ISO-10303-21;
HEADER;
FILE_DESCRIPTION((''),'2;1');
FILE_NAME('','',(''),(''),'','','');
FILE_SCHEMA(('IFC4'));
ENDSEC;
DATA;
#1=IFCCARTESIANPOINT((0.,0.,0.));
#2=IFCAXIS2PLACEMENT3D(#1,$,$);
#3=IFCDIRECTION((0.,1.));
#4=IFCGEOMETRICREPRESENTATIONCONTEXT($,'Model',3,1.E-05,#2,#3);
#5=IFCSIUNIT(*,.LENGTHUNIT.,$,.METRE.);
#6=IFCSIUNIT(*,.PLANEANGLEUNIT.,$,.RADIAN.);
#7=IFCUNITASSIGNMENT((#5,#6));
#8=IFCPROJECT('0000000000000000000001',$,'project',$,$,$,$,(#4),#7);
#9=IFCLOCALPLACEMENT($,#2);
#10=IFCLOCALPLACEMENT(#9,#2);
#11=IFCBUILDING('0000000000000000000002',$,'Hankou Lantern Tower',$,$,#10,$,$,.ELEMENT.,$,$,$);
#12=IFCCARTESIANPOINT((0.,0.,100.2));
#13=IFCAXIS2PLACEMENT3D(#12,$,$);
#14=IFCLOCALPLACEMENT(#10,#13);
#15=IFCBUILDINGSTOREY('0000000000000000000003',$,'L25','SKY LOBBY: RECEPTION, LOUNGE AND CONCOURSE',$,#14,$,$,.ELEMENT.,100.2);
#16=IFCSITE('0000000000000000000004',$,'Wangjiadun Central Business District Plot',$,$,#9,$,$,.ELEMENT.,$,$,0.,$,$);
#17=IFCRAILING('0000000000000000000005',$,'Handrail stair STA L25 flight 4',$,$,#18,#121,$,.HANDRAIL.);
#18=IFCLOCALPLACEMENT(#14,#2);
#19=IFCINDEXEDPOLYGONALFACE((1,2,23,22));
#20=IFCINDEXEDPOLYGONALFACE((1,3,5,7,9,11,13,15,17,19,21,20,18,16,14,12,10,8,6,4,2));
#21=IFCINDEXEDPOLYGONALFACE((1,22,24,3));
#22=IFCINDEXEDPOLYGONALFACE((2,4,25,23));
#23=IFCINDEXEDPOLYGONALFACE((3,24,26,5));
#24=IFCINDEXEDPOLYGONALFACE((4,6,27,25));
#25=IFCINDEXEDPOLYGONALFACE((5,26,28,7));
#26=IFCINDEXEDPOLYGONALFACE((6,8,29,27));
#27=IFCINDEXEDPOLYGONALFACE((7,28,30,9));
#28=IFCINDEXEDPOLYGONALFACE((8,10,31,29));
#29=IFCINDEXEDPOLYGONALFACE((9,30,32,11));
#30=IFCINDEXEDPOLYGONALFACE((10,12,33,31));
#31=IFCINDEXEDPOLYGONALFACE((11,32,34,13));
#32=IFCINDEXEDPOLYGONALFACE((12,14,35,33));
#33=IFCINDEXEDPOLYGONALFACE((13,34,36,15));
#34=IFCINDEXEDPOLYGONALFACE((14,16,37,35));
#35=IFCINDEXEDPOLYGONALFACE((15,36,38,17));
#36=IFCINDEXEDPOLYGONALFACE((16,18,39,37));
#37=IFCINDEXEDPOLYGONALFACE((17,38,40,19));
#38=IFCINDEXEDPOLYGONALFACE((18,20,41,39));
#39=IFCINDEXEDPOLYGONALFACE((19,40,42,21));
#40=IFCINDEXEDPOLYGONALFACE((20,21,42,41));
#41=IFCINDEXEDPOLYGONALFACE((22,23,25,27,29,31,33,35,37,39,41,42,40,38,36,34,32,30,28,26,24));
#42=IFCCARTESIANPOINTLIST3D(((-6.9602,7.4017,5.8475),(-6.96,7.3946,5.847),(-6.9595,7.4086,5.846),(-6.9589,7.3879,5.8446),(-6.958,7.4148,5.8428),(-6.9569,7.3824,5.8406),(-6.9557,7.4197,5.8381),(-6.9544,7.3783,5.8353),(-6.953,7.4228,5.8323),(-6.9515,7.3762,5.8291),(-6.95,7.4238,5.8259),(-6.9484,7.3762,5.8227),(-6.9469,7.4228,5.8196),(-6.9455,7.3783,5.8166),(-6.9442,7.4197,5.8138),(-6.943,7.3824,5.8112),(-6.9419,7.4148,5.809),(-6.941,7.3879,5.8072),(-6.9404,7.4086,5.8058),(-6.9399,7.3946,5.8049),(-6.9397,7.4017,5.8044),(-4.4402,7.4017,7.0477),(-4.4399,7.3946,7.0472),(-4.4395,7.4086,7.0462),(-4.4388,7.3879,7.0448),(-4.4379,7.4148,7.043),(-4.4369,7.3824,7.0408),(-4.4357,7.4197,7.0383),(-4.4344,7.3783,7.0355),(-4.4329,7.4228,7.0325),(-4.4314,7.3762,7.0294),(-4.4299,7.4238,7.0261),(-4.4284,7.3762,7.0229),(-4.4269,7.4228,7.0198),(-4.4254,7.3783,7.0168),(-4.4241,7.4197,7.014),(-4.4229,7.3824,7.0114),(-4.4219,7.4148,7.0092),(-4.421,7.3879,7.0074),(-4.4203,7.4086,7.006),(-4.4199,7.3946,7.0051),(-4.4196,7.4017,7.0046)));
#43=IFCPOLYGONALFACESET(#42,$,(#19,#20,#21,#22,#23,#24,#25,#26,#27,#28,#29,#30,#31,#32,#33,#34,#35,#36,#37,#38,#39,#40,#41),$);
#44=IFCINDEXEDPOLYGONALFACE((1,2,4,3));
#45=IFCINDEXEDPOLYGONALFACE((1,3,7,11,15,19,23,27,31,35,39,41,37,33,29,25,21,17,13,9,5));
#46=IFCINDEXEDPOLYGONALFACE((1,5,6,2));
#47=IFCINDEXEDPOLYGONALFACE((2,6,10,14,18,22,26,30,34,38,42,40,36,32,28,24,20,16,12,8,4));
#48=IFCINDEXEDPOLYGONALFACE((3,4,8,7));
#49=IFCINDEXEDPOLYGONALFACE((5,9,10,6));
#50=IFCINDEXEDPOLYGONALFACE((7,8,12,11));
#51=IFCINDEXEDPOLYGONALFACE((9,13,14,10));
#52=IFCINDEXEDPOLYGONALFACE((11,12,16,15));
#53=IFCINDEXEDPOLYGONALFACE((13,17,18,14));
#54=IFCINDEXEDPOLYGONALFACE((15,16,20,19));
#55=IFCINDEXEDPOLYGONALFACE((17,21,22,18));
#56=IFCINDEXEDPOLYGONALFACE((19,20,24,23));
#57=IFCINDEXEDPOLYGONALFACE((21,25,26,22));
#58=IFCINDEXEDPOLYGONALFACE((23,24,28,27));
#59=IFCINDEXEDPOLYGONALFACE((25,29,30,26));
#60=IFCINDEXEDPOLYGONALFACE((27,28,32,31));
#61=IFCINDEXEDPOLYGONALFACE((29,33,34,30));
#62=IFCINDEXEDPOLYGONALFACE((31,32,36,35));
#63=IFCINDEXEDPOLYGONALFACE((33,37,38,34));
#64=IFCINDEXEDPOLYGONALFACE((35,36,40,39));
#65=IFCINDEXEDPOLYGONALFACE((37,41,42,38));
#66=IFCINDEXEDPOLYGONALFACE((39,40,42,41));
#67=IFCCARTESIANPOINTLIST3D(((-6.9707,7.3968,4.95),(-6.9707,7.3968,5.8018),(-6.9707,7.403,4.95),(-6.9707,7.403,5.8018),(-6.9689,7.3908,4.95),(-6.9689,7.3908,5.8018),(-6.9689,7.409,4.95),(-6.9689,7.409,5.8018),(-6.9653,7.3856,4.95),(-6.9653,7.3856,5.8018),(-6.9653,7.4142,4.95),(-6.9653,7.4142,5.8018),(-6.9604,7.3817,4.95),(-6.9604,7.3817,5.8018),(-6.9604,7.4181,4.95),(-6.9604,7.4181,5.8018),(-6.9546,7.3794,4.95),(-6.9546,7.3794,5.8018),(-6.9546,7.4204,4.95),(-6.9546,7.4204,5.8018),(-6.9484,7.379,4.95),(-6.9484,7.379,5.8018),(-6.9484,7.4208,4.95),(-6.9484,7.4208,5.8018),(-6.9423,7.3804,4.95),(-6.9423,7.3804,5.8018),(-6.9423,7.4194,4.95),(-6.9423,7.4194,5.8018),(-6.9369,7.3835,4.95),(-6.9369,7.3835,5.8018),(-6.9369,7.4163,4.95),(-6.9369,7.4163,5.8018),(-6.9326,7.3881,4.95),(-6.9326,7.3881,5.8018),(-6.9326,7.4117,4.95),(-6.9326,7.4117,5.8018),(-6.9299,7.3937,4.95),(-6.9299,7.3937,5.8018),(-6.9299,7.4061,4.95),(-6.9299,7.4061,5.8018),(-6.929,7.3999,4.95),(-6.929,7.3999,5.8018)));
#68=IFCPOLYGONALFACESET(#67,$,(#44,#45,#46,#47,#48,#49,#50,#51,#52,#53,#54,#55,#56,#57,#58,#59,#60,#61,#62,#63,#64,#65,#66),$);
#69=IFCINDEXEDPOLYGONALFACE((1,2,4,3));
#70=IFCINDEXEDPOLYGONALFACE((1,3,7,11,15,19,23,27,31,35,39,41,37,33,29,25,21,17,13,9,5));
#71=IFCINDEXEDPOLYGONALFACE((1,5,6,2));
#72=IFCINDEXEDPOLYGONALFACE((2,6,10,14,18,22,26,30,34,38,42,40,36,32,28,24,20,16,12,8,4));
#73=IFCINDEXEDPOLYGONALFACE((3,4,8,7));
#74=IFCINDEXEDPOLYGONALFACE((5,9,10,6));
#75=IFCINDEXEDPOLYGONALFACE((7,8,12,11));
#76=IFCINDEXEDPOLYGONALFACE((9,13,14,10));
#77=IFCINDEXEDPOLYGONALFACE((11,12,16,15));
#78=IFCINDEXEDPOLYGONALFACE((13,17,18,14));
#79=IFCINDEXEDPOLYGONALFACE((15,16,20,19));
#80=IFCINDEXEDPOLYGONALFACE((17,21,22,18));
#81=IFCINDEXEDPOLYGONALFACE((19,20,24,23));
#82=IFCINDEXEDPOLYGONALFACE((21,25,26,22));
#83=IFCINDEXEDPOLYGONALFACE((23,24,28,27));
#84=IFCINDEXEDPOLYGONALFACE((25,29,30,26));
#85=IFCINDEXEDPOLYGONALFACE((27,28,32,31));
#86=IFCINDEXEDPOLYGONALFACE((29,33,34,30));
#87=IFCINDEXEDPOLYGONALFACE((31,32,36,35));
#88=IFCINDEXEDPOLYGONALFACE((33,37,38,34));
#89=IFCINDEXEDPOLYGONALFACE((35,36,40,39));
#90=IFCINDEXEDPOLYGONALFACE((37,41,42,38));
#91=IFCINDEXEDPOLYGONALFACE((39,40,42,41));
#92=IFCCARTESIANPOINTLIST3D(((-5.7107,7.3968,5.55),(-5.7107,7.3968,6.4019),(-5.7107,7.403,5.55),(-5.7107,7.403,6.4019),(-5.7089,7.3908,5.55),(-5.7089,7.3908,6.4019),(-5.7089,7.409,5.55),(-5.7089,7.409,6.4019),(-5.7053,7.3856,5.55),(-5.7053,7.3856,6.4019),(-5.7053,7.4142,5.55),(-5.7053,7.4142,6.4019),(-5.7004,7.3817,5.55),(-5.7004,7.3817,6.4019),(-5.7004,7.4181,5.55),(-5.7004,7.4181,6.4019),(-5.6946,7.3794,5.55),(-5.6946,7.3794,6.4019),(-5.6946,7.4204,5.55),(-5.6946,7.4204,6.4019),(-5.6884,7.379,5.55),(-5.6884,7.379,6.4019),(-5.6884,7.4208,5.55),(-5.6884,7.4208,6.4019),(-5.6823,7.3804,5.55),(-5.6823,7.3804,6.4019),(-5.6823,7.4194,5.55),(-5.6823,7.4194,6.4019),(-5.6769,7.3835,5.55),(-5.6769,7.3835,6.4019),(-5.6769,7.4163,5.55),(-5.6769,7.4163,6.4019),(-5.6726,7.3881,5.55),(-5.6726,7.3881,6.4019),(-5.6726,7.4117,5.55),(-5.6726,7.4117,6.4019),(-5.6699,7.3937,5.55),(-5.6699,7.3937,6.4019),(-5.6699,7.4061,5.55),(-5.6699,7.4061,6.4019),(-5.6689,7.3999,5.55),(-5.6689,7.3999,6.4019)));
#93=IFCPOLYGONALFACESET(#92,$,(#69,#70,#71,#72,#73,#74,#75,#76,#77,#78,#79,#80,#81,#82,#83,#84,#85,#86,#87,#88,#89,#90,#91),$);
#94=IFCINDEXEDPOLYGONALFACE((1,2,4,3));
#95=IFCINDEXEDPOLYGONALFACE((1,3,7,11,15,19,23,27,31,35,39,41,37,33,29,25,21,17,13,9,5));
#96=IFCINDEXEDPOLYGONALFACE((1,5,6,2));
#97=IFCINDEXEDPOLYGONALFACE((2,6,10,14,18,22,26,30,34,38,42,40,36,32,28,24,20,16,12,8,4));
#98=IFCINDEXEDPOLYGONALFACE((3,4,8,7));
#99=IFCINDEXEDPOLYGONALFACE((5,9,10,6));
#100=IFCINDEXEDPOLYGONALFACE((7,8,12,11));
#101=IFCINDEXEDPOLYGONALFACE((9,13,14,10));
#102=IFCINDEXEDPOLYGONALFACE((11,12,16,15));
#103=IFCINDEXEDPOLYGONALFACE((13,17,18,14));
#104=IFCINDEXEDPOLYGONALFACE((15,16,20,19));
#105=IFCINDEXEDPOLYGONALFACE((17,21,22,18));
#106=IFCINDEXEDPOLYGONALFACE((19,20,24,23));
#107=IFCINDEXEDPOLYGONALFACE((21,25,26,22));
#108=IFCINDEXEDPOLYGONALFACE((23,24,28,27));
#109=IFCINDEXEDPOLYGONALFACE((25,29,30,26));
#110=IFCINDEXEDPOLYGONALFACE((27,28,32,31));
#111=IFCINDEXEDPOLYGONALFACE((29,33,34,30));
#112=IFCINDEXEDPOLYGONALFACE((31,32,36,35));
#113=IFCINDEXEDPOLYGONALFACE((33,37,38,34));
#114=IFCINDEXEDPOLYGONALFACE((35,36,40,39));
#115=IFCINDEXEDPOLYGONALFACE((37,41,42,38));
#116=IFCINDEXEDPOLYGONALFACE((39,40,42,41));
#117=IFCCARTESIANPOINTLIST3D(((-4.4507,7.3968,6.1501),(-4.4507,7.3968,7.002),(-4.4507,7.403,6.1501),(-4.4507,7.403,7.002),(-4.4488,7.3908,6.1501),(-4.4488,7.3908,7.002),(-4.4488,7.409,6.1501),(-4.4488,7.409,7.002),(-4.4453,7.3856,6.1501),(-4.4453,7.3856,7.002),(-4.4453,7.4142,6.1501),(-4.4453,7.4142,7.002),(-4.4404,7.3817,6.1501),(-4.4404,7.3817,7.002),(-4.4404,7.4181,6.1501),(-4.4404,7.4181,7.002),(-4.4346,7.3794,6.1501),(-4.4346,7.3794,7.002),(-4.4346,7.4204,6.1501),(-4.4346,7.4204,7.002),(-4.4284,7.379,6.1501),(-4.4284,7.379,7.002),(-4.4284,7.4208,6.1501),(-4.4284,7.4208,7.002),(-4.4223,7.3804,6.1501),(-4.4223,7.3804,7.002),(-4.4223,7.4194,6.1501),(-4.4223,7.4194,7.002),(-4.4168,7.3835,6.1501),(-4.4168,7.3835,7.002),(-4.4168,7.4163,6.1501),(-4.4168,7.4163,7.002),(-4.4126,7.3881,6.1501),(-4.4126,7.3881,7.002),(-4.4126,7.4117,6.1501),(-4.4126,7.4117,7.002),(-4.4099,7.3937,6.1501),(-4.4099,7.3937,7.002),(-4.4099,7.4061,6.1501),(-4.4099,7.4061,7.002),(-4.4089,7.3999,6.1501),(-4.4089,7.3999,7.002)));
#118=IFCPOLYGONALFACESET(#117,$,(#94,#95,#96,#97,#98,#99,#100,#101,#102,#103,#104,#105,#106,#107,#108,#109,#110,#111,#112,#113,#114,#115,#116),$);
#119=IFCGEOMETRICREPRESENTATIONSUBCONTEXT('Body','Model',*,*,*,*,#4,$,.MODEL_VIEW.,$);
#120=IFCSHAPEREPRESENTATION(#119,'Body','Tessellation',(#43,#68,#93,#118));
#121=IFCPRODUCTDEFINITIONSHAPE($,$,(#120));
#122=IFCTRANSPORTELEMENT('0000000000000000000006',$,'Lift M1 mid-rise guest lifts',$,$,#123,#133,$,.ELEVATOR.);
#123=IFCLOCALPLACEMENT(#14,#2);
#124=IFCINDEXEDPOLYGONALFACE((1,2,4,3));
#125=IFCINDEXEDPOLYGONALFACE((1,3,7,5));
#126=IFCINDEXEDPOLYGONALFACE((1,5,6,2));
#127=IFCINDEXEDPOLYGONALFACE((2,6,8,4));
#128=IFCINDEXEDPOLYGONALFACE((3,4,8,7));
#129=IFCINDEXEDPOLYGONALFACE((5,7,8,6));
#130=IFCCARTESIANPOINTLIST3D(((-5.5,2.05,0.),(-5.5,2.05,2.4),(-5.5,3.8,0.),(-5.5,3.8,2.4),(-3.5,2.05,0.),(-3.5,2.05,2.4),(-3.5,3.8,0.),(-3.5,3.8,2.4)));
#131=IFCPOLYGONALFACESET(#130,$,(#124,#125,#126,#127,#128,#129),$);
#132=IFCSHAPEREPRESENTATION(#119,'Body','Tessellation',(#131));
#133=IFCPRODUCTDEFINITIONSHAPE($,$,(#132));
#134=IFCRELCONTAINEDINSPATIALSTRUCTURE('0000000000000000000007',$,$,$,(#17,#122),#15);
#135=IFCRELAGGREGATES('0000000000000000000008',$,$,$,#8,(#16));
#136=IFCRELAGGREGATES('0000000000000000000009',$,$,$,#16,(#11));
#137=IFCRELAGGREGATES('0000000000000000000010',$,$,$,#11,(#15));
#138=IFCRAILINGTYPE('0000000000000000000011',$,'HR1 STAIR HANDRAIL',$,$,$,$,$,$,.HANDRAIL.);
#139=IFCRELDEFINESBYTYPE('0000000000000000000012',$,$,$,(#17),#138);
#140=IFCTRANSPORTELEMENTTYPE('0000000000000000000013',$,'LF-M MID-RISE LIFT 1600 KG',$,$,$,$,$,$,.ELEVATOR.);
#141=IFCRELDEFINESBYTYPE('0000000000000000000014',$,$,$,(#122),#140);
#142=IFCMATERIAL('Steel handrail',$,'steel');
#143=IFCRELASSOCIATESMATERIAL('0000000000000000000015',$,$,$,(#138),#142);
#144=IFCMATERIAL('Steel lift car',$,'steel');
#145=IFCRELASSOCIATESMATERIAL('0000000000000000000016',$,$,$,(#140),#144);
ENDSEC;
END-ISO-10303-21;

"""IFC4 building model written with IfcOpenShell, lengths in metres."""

from ifc_helpers import new_model, si_unit, direction, frame, origin, origin_2d, place, context, subcontext, project, spatial, rectangle, circle, extrude, material, type_object, element, save


model = new_model("IFC4")

# Units and contexts
model_context = context("Model", 3, precision=1e-05, world=origin(), true_north=direction((0.0, 1.0)))
body_context = subcontext(model_context, "Body", "Model", "MODEL_VIEW")
ifc_project = project(units=[si_unit("LENGTHUNIT", "METRE"), si_unit("PLANEANGLEUNIT", "RADIAN")], contexts=[model_context])

# Site, building, storey
site_placement = place(None, origin())
site = spatial("IfcSite", under=ifc_project, at=site_placement, Name="Wangjiadun Central Business District Plot", CompositionType="ELEMENT", RefElevation=0.0)
building_placement = place(site_placement, origin())
building = spatial("IfcBuilding", under=site, at=building_placement, Name="Hankou Lantern Tower", CompositionType="ELEMENT")
storey_placement = place(building_placement, frame((0.0, 0.0, 100.2)))
storey = spatial("IfcBuildingStorey", under=building, at=storey_placement, Name="L25", Description="SKY LOBBY: RECEPTION, LOUNGE AND CONCOURSE", CompositionType="ELEMENT", Elevation=100.2)

# Railing
ifc_material_1 = material(Name="Steel handrail", Category="steel")
railing_type = type_object("IfcRailingType", Name="HR1 STAIR HANDRAIL", PredefinedType="HANDRAIL", material=ifc_material_1)
railing_1_placement = place(storey_placement, frame((-6.95, 7.3999, 4.95)))
element("IfcRailing", 1, at=railing_1_placement, inside=storey, type_object=railing_type, Name="Handrail stair STA L25 flight 4", PredefinedType="HANDRAIL", context=body_context, shape_type="SweptSolid", body=[
    extrude(circle(Radius=0.0239, at=origin_2d()), frame((0.0, 0.0, 0.876), z_axis=(0.902835, 0.0, 0.429988), x_axis=(0.0, 1.0, 0.0)), (0.0, 0.0, 1.0), 2.7913),
    extrude(circle(Radius=0.021, at=origin_2d()), origin(), (0.0, 0.0, 1.0), 0.8518),
    extrude(circle(Radius=0.021, at=origin_2d()), frame((1.26, 0.0, 0.6001)), (0.0, 0.0, 1.0), 0.8518),
    extrude(circle(Radius=0.021, at=origin_2d()), frame((2.52, 0.0, 1.2002)), (0.0, 0.0, 1.0), 0.8518),
])

# Transport element
ifc_material_2 = material(Name="Steel lift car", Category="steel")
transport_element_type = type_object("IfcTransportElementType", Name="LF-M MID-RISE LIFT 1600 KG", PredefinedType="ELEVATOR", material=ifc_material_2)
transport_element_placement = place(storey_placement, frame((-4.5, 2.925, 0.0), z_axis=(0.0, 0.0, 1.0), x_axis=(1.0, 0.0, 0.0)))
element("IfcTransportElement", 2, at=transport_element_placement, inside=storey, type_object=transport_element_type, Name="Lift M1 mid-rise guest lifts", PredefinedType="ELEVATOR", context=body_context, shape_type="SweptSolid", body=[
    extrude(rectangle(XDim=2.0, YDim=1.75, at=origin_2d()), origin(), (0.0, 0.0, 1.0), 2.4),
])

save(model, "model.ifc")
